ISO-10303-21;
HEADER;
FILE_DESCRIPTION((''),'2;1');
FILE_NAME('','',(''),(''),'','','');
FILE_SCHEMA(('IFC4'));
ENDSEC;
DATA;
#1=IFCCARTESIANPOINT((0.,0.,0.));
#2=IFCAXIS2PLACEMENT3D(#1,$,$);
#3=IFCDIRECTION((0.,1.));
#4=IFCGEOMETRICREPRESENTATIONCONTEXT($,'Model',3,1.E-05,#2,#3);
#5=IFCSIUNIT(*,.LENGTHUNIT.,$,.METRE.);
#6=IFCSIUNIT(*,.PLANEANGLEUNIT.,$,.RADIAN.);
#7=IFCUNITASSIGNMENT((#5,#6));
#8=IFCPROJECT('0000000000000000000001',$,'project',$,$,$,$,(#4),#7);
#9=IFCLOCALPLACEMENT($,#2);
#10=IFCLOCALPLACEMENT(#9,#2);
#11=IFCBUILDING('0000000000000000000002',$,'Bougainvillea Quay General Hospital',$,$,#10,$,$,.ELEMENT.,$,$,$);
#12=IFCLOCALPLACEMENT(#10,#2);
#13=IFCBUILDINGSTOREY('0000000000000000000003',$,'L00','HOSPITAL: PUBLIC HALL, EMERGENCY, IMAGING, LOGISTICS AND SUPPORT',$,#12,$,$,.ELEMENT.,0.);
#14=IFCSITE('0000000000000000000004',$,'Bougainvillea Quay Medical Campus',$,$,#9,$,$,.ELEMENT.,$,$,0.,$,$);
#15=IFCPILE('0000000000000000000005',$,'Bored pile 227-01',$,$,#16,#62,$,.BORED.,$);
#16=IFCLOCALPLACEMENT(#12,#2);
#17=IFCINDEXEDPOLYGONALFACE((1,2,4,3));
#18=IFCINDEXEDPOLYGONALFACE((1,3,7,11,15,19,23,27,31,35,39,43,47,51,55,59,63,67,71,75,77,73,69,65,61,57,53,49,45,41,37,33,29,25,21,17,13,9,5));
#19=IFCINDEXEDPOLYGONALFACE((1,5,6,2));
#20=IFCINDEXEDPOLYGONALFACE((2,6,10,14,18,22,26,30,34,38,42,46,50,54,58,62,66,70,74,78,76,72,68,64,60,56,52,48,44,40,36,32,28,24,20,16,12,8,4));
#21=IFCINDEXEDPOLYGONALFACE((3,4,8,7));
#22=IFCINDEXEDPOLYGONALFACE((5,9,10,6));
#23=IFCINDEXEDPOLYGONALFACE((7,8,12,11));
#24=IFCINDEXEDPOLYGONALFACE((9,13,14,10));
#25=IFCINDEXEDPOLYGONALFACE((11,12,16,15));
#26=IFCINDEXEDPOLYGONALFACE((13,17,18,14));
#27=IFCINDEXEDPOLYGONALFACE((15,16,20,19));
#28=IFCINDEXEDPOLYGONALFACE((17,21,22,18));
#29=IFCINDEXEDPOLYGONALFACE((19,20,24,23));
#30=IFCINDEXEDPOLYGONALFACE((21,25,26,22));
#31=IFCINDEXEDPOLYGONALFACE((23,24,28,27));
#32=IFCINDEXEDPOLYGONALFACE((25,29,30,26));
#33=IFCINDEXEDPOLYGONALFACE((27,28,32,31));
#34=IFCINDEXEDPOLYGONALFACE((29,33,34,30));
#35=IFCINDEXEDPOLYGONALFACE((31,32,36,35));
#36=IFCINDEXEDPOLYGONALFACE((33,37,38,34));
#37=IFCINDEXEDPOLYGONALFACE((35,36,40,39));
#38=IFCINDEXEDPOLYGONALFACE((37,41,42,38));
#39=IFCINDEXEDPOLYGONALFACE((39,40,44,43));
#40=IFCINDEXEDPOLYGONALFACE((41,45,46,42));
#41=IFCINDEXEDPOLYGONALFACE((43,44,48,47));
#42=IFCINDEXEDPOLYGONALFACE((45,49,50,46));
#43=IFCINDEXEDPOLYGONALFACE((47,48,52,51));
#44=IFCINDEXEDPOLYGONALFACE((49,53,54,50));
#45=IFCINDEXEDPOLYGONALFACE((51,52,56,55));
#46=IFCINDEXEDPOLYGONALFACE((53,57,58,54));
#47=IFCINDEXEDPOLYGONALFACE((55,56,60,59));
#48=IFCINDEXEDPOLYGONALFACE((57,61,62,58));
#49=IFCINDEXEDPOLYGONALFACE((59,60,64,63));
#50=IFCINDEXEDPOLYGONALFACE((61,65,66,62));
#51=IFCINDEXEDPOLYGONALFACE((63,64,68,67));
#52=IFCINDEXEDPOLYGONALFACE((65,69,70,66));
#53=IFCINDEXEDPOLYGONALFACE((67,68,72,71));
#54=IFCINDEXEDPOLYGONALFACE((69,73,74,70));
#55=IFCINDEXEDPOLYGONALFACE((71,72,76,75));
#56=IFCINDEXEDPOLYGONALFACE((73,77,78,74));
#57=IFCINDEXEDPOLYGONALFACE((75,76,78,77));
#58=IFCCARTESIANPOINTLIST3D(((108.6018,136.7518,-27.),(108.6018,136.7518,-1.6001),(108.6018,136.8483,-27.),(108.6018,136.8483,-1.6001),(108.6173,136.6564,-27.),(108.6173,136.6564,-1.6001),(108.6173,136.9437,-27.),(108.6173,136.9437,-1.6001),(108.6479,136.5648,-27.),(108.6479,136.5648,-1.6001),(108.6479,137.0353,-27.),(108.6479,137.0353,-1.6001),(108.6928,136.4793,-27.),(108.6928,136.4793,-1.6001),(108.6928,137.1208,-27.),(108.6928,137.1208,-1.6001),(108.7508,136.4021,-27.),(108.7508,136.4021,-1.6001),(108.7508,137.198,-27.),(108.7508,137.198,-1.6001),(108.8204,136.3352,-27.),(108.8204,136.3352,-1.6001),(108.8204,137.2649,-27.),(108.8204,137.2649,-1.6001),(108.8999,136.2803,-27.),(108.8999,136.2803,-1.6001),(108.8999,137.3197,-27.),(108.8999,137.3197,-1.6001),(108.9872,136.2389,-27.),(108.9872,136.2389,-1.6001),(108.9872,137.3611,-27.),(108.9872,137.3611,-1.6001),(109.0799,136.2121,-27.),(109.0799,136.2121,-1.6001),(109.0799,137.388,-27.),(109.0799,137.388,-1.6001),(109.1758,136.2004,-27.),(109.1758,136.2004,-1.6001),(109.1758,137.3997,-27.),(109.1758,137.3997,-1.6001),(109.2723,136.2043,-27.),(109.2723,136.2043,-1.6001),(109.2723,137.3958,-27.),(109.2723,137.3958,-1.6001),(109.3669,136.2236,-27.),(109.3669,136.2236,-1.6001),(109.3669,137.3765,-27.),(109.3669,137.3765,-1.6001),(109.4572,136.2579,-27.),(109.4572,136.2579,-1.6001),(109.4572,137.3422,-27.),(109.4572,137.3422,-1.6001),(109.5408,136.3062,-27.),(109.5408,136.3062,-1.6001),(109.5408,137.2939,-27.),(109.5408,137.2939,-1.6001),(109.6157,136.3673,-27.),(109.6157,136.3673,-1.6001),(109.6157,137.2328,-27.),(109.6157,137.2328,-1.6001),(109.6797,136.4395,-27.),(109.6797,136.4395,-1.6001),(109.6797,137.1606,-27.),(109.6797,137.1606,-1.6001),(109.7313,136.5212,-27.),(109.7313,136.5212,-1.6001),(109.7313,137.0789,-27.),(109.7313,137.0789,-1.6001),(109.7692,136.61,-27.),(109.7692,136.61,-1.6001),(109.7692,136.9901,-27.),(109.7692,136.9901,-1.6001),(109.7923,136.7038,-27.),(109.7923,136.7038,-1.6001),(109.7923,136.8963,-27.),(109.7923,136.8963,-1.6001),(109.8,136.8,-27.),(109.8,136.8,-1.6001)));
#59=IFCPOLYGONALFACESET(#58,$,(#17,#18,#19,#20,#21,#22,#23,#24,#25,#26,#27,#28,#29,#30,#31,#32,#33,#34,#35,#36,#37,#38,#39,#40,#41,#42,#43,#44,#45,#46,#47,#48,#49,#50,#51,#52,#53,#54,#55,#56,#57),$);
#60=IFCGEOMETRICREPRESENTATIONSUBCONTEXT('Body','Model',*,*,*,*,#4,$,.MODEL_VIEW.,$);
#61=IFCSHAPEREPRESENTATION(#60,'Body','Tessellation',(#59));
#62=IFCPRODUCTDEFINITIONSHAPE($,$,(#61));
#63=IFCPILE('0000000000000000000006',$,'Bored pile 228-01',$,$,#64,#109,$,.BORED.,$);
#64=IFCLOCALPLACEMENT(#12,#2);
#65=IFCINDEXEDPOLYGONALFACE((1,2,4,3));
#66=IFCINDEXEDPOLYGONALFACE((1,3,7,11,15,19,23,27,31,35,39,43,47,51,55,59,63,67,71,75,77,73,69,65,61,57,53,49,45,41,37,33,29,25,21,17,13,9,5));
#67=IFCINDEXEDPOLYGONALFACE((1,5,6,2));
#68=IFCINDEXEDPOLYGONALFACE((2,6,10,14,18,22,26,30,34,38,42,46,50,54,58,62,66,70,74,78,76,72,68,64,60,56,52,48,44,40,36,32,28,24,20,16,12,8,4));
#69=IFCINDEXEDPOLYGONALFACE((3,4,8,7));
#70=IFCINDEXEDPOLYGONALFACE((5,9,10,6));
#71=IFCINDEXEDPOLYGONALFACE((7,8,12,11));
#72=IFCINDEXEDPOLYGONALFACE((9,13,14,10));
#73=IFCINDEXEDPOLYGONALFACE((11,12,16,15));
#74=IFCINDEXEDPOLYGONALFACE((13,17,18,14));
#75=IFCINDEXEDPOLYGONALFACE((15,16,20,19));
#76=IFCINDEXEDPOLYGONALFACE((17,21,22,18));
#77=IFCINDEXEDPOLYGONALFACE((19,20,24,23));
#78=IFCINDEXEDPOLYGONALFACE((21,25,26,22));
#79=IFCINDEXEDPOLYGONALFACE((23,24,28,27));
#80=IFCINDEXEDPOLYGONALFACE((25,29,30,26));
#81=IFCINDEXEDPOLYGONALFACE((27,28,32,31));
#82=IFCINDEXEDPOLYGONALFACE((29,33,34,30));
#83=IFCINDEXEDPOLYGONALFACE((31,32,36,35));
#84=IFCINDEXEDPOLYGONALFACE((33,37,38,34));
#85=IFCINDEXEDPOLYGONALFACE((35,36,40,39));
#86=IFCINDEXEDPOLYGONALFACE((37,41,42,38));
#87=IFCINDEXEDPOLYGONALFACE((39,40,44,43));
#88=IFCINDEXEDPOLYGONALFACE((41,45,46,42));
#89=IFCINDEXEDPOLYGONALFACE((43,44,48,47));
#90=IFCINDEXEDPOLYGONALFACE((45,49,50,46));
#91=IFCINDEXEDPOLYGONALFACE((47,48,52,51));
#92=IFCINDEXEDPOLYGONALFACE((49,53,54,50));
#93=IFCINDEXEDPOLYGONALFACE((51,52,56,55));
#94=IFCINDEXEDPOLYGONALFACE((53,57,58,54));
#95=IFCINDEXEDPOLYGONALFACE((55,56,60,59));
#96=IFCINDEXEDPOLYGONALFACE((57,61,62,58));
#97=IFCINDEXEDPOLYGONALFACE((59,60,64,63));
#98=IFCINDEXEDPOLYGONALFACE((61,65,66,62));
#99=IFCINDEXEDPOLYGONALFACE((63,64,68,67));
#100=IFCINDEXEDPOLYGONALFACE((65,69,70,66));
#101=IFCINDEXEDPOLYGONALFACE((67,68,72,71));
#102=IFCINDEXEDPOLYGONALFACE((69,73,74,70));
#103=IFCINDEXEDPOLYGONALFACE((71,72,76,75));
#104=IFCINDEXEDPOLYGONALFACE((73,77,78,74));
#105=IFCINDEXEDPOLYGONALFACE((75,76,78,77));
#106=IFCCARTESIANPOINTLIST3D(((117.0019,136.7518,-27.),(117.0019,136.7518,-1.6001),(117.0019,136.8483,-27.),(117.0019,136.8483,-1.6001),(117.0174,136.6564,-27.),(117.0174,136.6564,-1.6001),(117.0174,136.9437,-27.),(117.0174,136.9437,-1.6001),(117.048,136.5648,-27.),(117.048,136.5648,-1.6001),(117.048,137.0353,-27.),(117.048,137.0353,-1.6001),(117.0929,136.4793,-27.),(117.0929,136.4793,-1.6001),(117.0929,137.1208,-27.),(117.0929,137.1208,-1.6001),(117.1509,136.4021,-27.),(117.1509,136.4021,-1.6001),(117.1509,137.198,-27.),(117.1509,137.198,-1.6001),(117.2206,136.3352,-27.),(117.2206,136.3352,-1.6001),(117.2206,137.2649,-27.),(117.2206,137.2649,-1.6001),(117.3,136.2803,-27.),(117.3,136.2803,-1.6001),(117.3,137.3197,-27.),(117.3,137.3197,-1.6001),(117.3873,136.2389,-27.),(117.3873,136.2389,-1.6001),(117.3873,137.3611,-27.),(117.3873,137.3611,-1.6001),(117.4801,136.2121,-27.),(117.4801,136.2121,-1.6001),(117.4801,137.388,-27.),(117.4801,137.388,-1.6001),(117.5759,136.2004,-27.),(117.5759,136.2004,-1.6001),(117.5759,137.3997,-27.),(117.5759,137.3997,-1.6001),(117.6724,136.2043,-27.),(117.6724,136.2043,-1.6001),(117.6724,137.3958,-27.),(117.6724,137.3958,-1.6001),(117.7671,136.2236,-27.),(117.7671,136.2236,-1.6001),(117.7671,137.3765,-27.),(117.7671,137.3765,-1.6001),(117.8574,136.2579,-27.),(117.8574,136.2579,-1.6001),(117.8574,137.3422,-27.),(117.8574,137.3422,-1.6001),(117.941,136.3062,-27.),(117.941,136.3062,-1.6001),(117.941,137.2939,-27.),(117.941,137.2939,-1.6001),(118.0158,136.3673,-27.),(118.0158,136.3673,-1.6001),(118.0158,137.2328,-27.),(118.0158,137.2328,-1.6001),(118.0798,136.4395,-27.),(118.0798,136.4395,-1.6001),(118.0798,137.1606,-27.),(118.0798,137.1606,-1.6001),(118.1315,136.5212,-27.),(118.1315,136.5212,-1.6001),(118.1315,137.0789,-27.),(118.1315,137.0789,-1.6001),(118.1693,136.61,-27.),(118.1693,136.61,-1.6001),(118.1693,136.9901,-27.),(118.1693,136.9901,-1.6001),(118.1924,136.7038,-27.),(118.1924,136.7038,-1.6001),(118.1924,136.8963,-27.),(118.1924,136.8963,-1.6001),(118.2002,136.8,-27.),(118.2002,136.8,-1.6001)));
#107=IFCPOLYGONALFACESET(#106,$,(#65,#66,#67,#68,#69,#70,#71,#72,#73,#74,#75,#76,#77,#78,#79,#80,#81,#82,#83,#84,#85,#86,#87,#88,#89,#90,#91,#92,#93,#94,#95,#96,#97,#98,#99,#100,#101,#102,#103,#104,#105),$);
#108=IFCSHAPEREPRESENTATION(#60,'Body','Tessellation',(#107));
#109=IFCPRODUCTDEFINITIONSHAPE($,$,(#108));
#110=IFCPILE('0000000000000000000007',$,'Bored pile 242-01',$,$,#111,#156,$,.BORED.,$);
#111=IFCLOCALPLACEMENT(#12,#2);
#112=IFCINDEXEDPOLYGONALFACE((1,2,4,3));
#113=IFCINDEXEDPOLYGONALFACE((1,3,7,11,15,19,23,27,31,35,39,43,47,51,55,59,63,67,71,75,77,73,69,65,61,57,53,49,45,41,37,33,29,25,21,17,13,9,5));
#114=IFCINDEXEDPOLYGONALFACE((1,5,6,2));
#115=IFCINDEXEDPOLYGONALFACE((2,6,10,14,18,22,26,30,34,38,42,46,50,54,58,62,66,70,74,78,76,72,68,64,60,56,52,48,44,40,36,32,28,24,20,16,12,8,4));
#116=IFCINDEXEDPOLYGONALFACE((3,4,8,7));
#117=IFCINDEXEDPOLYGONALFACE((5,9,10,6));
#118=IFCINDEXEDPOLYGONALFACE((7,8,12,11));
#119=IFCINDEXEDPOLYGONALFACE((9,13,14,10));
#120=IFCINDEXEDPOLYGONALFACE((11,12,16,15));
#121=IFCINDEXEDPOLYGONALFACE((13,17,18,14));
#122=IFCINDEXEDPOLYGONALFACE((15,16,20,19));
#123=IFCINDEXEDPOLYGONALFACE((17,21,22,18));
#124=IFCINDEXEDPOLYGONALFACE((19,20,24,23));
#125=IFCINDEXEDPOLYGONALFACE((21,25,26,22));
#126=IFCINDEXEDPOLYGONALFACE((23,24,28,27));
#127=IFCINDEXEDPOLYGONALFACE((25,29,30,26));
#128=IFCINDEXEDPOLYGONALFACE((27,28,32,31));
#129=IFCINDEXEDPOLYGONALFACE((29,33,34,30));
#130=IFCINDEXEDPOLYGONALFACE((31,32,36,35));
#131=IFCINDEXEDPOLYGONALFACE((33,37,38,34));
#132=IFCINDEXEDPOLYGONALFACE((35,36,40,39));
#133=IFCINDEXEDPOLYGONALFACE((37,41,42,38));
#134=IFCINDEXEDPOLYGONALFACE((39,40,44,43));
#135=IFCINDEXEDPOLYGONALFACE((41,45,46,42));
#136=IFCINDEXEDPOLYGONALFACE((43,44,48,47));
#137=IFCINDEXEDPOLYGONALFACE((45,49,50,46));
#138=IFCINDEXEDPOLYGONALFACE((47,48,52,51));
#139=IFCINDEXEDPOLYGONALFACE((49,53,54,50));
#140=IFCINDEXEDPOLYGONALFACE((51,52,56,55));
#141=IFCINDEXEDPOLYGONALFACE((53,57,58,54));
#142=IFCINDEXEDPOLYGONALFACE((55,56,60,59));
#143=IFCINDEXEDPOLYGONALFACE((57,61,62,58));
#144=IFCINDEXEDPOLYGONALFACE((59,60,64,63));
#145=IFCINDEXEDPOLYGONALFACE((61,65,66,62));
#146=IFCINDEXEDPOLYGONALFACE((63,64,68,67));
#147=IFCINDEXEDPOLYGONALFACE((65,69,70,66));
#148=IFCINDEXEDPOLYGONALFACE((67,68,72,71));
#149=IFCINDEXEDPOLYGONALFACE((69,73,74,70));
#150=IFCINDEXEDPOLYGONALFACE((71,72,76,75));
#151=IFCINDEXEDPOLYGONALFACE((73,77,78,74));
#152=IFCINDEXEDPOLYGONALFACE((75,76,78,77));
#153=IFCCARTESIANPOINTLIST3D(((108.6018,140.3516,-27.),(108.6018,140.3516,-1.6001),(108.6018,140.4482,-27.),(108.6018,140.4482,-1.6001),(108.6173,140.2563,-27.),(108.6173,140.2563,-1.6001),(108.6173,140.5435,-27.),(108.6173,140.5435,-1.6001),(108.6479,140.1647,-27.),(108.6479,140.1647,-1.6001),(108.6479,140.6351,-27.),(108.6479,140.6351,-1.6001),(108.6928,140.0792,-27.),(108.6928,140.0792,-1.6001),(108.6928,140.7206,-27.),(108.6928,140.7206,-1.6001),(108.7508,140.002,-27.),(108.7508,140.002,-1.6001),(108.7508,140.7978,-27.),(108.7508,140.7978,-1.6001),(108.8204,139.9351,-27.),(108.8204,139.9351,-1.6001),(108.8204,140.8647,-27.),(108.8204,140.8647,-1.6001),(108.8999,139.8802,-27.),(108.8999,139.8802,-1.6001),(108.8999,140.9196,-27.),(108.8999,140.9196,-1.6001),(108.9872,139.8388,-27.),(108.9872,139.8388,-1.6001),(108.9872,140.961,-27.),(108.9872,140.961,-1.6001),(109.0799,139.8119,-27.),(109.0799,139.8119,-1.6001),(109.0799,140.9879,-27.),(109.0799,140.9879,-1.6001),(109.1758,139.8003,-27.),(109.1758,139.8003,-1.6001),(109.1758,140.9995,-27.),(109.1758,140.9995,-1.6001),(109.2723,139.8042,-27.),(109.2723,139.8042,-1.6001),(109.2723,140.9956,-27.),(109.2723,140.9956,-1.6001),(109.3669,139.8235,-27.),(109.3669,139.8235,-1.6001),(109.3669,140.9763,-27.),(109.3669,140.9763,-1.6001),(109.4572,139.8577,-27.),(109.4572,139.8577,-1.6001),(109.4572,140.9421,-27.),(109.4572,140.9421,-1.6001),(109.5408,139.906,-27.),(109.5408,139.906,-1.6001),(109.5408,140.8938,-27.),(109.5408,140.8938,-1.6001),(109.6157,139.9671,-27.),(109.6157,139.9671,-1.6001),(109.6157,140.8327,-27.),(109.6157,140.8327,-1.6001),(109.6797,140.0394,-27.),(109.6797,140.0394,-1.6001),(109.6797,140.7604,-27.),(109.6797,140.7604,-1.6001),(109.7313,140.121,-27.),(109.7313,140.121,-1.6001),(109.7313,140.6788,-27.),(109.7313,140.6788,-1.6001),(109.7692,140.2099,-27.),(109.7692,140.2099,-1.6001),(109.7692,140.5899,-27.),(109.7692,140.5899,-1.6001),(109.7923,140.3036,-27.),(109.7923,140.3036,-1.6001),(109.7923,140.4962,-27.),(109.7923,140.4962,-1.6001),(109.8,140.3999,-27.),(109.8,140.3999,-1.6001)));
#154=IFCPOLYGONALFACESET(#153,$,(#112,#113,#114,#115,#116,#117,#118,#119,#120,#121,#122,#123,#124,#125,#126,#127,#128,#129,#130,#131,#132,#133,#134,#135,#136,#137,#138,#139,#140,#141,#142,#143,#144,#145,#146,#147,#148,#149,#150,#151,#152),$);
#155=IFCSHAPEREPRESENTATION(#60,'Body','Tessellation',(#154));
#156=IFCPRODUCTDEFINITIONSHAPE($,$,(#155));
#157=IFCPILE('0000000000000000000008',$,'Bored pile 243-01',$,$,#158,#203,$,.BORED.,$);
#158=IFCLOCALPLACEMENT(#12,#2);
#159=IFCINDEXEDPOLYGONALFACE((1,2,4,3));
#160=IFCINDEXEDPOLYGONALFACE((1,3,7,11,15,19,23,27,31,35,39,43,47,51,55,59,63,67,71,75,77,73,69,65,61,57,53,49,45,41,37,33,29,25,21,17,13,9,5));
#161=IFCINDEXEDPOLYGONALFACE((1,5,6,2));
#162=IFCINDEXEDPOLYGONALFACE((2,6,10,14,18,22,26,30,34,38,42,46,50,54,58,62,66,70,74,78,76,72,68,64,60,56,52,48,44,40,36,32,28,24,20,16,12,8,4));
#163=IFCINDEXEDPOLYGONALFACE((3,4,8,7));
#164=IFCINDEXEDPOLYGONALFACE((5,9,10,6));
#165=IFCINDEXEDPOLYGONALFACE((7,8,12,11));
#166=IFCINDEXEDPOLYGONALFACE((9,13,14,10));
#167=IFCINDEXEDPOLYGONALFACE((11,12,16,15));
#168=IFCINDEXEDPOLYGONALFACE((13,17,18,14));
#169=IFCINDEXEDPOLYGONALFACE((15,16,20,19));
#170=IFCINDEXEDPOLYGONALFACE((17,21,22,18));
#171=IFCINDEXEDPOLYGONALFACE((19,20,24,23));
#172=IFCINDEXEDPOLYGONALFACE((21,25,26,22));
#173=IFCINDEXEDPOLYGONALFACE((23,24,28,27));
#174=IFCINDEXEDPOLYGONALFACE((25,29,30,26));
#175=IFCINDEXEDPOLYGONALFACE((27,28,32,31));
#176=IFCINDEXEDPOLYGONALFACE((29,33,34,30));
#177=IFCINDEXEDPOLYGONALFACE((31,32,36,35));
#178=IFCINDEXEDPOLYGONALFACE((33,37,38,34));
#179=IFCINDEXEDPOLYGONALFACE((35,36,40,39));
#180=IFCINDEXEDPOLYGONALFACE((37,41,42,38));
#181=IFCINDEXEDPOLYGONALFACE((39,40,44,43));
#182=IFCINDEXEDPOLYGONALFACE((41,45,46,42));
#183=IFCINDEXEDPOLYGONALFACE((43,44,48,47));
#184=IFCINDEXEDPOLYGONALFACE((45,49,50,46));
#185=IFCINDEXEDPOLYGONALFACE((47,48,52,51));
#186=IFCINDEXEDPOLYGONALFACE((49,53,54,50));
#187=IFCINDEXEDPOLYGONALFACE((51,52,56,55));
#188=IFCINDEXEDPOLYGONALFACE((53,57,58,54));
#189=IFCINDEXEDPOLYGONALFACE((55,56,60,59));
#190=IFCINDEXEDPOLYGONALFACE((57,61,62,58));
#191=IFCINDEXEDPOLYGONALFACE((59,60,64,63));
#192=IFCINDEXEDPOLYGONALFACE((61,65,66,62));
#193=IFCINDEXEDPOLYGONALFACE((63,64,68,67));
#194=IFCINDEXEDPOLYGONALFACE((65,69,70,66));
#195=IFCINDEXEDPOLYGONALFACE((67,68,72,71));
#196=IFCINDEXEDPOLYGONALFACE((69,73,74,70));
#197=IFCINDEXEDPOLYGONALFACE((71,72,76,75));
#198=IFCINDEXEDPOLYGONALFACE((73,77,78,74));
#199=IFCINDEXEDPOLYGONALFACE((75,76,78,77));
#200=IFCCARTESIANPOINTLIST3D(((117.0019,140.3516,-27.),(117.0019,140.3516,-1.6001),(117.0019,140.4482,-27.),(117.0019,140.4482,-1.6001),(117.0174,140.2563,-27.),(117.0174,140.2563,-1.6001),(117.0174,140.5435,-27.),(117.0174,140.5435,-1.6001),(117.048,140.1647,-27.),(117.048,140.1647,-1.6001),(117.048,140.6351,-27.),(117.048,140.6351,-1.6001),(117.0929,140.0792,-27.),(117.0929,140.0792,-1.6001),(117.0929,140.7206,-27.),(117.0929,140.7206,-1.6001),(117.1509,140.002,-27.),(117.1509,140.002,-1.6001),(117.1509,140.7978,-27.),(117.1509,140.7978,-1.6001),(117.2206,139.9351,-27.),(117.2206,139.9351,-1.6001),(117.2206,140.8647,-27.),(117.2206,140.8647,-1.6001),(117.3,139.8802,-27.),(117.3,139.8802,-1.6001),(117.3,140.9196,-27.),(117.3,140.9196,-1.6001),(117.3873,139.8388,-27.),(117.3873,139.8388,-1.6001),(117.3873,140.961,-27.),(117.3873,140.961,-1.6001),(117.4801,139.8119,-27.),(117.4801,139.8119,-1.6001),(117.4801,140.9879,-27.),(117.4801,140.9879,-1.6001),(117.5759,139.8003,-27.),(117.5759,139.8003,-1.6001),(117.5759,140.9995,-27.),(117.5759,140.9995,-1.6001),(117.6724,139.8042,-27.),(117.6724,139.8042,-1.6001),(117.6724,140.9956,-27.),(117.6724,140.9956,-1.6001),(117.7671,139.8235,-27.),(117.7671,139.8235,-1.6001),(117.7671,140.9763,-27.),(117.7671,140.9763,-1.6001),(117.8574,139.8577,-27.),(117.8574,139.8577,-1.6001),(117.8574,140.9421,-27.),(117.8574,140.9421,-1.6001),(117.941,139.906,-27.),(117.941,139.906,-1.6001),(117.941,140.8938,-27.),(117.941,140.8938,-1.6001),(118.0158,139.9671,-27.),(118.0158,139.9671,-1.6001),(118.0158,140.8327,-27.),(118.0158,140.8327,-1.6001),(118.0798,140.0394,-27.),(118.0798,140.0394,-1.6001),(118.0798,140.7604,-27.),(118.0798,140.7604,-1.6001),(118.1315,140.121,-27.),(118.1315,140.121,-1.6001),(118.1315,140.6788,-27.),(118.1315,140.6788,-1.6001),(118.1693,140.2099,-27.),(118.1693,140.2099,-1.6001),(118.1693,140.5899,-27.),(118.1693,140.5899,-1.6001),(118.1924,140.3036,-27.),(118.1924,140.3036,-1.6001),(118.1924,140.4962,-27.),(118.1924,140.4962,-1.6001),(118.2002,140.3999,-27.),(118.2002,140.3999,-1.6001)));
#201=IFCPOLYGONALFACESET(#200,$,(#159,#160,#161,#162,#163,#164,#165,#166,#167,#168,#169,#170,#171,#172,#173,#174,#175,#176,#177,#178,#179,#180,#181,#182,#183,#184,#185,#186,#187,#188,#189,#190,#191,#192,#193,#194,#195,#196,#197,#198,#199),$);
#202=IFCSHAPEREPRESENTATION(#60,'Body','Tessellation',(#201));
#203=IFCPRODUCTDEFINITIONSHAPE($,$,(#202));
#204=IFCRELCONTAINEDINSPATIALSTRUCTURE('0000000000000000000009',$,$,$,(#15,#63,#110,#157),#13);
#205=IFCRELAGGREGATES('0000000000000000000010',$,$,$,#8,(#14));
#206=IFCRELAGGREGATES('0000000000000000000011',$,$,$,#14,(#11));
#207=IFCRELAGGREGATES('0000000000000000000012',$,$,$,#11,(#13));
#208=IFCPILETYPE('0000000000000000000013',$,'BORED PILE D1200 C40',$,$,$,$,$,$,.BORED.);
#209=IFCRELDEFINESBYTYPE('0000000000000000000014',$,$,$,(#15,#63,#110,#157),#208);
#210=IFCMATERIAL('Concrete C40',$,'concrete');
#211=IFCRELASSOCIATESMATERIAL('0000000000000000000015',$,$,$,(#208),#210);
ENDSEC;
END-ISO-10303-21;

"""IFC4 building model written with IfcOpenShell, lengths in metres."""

from ifc_helpers import new_model, si_unit, direction, frame, origin, origin_2d, place, context, subcontext, project, spatial, circle, extrude, material, material_profile, profile_set, type_object, element, save


model = new_model("IFC4")

# Units and contexts
model_context = context("Model", 3, precision=1e-05, world=origin(), true_north=direction((0.0, 1.0)))
body_context = subcontext(model_context, "Body", "Model", "MODEL_VIEW")
ifc_project = project(units=[si_unit("LENGTHUNIT", "METRE"), si_unit("PLANEANGLEUNIT", "RADIAN")], contexts=[model_context])

# Site, building, storey
site_placement = place(None, origin())
site = spatial("IfcSite", under=ifc_project, at=site_placement, Name="Bougainvillea Quay Medical Campus", CompositionType="ELEMENT", RefElevation=0.0)
building_placement = place(site_placement, origin())
building = spatial("IfcBuilding", under=site, at=building_placement, Name="Bougainvillea Quay General Hospital", CompositionType="ELEMENT")
storey_placement = place(building_placement, origin())
storey = spatial("IfcBuildingStorey", under=building, at=storey_placement, Name="L00", Description="HOSPITAL: PUBLIC HALL, EMERGENCY, IMAGING, LOGISTICS AND SUPPORT", CompositionType="ELEMENT", Elevation=0.0)

# Piles
ifc_material_1 = material(Name="Concrete C40", Category="concrete")
ifc_material_profile_1 = material_profile(ifc_material_1, circle(Radius=0.6001, at=origin_2d()))
ifc_profile_set_1 = profile_set([ifc_material_profile_1], Name="Concrete C40")
pile_type = type_object("IfcPileType", Name="BORED PILE D1200 C40", PredefinedType="BORED", material=ifc_profile_set_1)
for number, where, z_axis, x_axis, name in (
    (1, (109.2, 136.8, -1.6001), (0.0, 0.0, -1.0), (1.0, 0.0, 0.0), "Bored pile 227-01"),
    (2, (117.6001, 136.8, -1.6001), (0.0, 0.0, -1.0), (1.0, 0.0, 0.0), "Bored pile 228-01"),
    (3, (109.2, 140.3999, -1.6001), (0.0, 0.0, -1.0), (1.0, 0.0, 0.0), "Bored pile 242-01"),
    (4, (117.6001, 140.3999, -1.6001), (0.0, 0.0, -1.0), (1.0, 0.0, 0.0), "Bored pile 243-01"),
):
    element("IfcPile", number, at=place(storey_placement, frame(where, z_axis=z_axis, x_axis=x_axis)), inside=storey, type_object=pile_type, Name=name, PredefinedType="BORED", context=body_context, shape_type="SweptSolid", body=[
        extrude(circle(Radius=0.6001, at=origin_2d()), origin(), (0.0, 0.0, 1.0), 25.3999),
    ])

save(model, "model.ifc")
